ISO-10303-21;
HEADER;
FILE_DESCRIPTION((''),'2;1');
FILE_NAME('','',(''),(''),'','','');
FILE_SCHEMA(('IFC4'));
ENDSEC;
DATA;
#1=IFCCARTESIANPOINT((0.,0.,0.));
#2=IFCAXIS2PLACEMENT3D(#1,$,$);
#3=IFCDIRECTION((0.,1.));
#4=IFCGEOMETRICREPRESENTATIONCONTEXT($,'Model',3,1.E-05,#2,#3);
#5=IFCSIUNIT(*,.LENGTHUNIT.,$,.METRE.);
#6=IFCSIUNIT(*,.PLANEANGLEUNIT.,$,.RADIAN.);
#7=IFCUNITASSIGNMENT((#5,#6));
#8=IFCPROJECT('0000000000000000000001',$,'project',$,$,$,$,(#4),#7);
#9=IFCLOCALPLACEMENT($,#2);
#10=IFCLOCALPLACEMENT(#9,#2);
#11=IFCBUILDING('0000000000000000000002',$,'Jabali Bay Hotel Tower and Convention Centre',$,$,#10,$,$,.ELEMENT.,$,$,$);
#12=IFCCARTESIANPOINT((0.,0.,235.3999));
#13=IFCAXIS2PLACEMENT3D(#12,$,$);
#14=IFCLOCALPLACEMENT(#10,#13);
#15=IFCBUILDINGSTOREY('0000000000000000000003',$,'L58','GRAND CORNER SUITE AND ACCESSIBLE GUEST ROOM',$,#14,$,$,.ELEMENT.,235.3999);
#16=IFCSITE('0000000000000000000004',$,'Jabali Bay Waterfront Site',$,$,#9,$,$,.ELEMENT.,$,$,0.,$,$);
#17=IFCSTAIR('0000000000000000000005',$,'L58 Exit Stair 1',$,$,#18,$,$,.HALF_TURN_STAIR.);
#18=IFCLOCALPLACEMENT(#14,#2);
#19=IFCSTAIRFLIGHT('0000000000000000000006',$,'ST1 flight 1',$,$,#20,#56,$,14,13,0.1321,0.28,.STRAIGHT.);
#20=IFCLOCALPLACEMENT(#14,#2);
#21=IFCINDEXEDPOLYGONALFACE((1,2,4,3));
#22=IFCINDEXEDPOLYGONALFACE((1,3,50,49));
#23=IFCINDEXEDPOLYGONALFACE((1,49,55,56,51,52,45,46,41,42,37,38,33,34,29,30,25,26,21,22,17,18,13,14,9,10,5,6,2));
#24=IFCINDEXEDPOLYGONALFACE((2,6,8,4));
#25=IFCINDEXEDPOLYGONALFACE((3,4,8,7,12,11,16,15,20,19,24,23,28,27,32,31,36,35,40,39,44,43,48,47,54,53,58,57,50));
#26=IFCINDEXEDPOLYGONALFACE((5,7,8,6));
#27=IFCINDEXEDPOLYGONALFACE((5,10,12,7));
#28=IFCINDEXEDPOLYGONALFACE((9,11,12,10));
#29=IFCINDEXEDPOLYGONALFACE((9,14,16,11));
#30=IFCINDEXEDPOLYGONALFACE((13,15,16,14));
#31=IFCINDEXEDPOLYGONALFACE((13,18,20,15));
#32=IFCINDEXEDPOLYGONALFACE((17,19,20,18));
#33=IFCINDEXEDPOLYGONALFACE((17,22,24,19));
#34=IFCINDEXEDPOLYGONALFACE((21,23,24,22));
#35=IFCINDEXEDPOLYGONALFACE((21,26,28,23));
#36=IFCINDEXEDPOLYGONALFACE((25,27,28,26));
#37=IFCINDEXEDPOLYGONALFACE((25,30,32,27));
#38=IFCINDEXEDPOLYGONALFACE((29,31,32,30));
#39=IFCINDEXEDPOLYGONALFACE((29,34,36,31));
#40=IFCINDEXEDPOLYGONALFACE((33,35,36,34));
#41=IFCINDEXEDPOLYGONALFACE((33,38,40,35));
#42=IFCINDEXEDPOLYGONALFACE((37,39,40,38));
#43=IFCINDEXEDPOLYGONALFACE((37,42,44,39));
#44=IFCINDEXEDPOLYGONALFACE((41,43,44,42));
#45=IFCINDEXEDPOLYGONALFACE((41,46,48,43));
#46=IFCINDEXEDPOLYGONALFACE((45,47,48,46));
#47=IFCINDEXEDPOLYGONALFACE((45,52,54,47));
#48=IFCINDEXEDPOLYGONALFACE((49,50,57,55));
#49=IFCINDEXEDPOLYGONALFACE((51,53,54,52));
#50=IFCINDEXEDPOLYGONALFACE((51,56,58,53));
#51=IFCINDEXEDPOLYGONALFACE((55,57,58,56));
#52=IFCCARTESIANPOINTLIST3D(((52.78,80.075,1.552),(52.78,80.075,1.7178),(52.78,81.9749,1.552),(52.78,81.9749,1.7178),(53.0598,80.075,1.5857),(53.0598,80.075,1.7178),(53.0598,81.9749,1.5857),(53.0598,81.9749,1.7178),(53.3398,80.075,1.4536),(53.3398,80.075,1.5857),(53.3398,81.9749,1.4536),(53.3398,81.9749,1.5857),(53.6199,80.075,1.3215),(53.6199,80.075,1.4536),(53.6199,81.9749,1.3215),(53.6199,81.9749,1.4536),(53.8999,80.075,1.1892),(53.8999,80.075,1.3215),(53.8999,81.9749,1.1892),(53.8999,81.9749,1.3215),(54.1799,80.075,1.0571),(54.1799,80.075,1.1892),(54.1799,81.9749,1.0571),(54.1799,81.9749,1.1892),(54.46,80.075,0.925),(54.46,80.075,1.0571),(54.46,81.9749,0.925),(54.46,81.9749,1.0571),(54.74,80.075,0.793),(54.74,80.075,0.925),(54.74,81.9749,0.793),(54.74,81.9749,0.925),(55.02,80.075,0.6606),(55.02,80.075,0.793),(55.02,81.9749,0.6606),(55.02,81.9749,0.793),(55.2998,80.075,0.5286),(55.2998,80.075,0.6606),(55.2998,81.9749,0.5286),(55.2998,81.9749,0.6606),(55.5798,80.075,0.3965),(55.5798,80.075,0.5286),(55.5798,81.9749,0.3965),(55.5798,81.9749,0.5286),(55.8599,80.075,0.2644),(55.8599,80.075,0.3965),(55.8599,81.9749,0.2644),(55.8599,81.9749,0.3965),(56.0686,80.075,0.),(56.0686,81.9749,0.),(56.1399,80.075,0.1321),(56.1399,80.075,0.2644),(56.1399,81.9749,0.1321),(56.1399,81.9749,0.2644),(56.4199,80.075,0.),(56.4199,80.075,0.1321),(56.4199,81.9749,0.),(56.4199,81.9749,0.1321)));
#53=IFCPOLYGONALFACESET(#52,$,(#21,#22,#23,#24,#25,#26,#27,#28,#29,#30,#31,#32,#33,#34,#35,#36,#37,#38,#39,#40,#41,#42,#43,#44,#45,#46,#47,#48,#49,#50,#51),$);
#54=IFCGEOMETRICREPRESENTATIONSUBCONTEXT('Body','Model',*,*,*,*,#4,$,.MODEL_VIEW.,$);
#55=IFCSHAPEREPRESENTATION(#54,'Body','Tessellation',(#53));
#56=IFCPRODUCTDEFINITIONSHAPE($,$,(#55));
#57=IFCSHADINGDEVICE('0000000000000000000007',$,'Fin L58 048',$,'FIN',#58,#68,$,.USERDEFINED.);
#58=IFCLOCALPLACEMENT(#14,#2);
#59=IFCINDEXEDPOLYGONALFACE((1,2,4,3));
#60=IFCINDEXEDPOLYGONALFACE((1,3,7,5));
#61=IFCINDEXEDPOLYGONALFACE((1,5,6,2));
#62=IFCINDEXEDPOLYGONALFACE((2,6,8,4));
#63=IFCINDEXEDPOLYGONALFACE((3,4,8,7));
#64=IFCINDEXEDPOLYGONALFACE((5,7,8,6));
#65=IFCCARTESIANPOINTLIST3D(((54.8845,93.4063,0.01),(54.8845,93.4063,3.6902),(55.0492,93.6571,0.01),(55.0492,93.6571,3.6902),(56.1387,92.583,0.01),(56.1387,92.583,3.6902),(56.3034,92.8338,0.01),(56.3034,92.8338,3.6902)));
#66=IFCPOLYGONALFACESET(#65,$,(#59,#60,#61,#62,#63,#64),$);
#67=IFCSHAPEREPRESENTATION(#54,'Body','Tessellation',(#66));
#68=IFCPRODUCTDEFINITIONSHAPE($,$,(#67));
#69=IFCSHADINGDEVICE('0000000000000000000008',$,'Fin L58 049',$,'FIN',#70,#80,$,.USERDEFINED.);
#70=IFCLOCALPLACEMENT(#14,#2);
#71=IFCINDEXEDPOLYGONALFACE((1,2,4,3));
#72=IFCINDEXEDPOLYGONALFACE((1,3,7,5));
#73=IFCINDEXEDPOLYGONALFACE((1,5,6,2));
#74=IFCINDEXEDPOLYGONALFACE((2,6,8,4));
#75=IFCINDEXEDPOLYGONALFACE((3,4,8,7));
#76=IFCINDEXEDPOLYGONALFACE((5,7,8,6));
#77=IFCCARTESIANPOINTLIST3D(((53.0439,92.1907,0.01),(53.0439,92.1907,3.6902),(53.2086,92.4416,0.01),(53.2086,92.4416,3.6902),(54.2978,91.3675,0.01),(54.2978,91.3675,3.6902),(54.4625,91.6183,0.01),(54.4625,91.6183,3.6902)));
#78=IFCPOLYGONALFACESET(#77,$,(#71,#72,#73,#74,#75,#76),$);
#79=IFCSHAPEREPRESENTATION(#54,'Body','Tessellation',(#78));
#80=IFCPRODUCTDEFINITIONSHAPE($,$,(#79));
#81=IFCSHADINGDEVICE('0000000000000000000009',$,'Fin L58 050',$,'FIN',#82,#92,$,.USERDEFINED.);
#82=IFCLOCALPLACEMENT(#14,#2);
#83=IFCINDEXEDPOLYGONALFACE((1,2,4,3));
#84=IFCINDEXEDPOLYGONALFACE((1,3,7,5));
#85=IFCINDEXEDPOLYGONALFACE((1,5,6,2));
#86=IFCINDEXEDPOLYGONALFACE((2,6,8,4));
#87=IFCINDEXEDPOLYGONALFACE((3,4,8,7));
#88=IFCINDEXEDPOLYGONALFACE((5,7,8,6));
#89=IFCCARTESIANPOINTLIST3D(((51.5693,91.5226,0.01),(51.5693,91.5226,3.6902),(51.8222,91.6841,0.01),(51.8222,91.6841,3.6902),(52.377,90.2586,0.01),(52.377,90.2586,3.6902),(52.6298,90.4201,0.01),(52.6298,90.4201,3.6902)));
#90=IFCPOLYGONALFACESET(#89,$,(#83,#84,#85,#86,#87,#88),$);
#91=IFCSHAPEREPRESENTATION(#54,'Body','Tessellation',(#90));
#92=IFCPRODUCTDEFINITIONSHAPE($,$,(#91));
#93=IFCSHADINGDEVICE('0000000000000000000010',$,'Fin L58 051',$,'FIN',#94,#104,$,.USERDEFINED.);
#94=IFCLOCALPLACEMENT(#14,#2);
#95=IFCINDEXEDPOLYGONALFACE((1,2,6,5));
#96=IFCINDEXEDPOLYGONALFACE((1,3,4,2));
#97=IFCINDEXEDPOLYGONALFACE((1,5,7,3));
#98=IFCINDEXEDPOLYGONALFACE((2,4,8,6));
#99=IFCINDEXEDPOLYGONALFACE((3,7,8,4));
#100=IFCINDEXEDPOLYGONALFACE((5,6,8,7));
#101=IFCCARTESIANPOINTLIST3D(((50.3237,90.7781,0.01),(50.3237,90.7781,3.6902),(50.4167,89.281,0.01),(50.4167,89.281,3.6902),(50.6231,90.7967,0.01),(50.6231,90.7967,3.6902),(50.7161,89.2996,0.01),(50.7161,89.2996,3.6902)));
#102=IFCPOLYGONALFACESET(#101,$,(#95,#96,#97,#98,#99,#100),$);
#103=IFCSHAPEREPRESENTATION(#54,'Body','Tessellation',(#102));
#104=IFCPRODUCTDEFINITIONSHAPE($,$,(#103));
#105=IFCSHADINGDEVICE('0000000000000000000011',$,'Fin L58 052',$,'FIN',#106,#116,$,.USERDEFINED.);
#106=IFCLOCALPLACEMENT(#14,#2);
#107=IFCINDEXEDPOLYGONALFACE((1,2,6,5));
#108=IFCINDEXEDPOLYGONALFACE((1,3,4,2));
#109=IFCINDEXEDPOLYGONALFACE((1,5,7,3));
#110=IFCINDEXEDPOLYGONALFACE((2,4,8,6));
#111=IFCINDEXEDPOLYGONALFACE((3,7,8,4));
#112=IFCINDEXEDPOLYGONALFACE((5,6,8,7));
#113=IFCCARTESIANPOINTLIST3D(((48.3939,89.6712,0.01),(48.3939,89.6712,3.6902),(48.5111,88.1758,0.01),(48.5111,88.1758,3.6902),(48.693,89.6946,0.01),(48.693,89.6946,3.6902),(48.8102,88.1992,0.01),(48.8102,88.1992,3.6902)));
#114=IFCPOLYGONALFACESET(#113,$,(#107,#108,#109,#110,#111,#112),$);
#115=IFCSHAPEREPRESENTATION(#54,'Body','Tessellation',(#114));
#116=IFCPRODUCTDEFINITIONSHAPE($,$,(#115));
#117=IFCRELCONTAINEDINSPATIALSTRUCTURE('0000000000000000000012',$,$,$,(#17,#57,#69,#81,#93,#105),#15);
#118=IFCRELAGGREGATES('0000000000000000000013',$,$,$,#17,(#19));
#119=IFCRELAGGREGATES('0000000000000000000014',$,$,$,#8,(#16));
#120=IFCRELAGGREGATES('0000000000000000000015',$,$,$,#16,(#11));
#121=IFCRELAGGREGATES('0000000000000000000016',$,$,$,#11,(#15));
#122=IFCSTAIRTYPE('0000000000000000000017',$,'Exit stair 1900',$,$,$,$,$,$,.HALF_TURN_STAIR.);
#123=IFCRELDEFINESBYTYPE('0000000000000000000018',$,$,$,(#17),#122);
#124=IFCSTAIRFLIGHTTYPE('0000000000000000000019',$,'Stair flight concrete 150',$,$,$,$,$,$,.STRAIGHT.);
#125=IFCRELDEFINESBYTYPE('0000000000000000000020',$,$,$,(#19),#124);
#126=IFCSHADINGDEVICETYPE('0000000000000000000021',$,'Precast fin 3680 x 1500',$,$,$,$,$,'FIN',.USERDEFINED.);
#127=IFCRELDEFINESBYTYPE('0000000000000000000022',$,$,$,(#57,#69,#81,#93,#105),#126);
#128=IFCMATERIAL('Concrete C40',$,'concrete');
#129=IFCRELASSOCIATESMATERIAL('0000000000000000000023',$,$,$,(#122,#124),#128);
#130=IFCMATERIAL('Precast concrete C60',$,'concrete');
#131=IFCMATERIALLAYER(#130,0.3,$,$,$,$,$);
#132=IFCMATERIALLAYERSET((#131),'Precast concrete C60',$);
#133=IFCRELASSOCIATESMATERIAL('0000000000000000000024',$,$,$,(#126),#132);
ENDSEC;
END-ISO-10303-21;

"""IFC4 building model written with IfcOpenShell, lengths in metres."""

from ifc_helpers import new_model, si_unit, direction, frame, frame_2d, origin, place, context, subcontext, project, spatial, polyline, rectangle, outline, extrude, material, layer, layer_set, type_object, element, aggregate, save


model = new_model("IFC4")

# Units and contexts
model_context = context("Model", 3, precision=1e-05, world=origin(), true_north=direction((0.0, 1.0)))
body_context = subcontext(model_context, "Body", "Model", "MODEL_VIEW")
ifc_project = project(units=[si_unit("LENGTHUNIT", "METRE"), si_unit("PLANEANGLEUNIT", "RADIAN")], contexts=[model_context])

# Site, building, storey
site_placement = place(None, origin())
site = spatial("IfcSite", under=ifc_project, at=site_placement, Name="Jabali Bay Waterfront Site", CompositionType="ELEMENT", RefElevation=0.0)
building_placement = place(site_placement, origin())
building = spatial("IfcBuilding", under=site, at=building_placement, Name="Jabali Bay Hotel Tower and Convention Centre", CompositionType="ELEMENT")
storey_placement = place(building_placement, frame((0.0, 0.0, 235.3999)))
storey = spatial("IfcBuildingStorey", under=building, at=storey_placement, Name="L58", Description="GRAND CORNER SUITE AND ACCESSIBLE GUEST ROOM", CompositionType="ELEMENT", Elevation=235.3999)

# Shared definitions
ifc_material_1 = material(Name="Concrete C40", Category="concrete")

# Stair, stair flight
stair_type = type_object("IfcStairType", Name="Exit stair 1900", PredefinedType="HALF_TURN_STAIR", material=ifc_material_1)
stair_placement = place(storey_placement, origin())
stair = element("IfcStair", 1, at=stair_placement, inside=storey, type_object=stair_type, Name="L58 Exit Stair 1", PredefinedType="HALF_TURN_STAIR")
stair_flight_type = type_object("IfcStairFlightType", Name="Stair flight concrete 150", PredefinedType="STRAIGHT", material=ifc_material_1)
stair_flight_placement = place(storey_placement, frame((56.4199, 81.0249, 0.0), z_axis=(0.0, 0.0, 1.0), x_axis=(-1.0, 0.0, 0.0)))
stair_flight = element("IfcStairFlight", 2, at=stair_flight_placement, type_object=stair_flight_type, Name="ST1 flight 1", NumberOfRisers=14, NumberOfTreads=13, PredefinedType="STRAIGHT", RiserHeight=0.1321, TreadLength=0.28, context=body_context, shape_type="SweptSolid", body=[
    extrude(outline(polyline([(0.0, 0.0), (0.0, 0.1321), (0.28, 0.1321), (0.28, 0.2644), (0.5601, 0.2644), (0.5601, 0.3965), (0.8401, 0.3965), (0.8401, 0.5286), (1.1201, 0.5286), (1.1201, 0.6606), (1.3999, 0.6606), (1.3999, 0.793), (1.6799, 0.793), (1.6799, 0.925), (1.96, 0.925), (1.96, 1.0571), (2.24, 1.0571), (2.24, 1.1892), (2.52, 1.1892), (2.52, 1.3215), (2.8, 1.3215), (2.8, 1.4536), (3.0801, 1.4536), (3.0801, 1.5857), (3.3601, 1.5857), (3.3601, 1.7178), (3.6399, 1.7178), (3.6399, 1.8501), (3.6399, 1.552), (0.3513, 0.0), (0.0, 0.0)])), frame((0.0, 0.95, 0.0), z_axis=(0.0, -1.0, 0.0), x_axis=(1.0, 0.0, 0.0)), (0.0, 0.0, 1.0), 1.8999),
])
aggregate(stair, [stair_flight])

# Shading devices
ifc_material_2 = material(Name="Precast concrete C60", Category="concrete")
ifc_layer_1 = layer(ifc_material_2, 0.3)
ifc_layer_set_1 = layer_set([ifc_layer_1], Name="Precast concrete C60")
shading_device_type = type_object("IfcShadingDeviceType", Name="Precast fin 3680 x 1500", ElementType="FIN", PredefinedType="USERDEFINED", material=ifc_layer_set_1)
shading_device_placement = place(storey_placement, frame((56.2209, 92.7085, 0.01), z_axis=(0.0, 0.0, 1.0), x_axis=(-0.835985, 0.548752, 0.0)))
element("IfcShadingDevice", 3, at=shading_device_placement, inside=storey, type_object=shading_device_type, Name="Fin L58 048", ObjectType="FIN", PredefinedType="USERDEFINED", context=body_context, shape_type="SweptSolid", body=[
    extrude(rectangle(XDim=1.5002, YDim=0.3, at=frame_2d((0.75, 0.0))), origin(), (0.0, 0.0, 1.0), 3.6802),
])
for number, where, z_axis, x_axis, name in (
    (4, (54.3801, 91.4929, 0.01), (0.0, 0.0, 1.0), (-0.835936, 0.548827, 0.0), "Fin L58 049"),
    (5, (52.5034, 90.3394, 0.01), (0.0, 0.0, 1.0), (-0.538444, 0.842661, 0.0), "Fin L58 050"),
    (6, (50.5664, 89.2903, 0.01), (0.0, 0.0, 1.0), (-0.062013, 0.998075, 0.0), "Fin L58 051"),
    (7, (48.6606, 88.1875, 0.01), (0.0, 0.0, 1.0), (-0.078128, 0.996943, 0.0), "Fin L58 052"),
):
    element("IfcShadingDevice", number, at=place(storey_placement, frame(where, z_axis=z_axis, x_axis=x_axis)), inside=storey, type_object=shading_device_type, Name=name, ObjectType="FIN", PredefinedType="USERDEFINED", context=body_context, shape_type="SweptSolid", body=[
        extrude(rectangle(XDim=1.5, YDim=0.3, at=frame_2d((0.75, 0.0))), origin(), (0.0, 0.0, 1.0), 3.6802),
    ])

save(model, "model.ifc")
